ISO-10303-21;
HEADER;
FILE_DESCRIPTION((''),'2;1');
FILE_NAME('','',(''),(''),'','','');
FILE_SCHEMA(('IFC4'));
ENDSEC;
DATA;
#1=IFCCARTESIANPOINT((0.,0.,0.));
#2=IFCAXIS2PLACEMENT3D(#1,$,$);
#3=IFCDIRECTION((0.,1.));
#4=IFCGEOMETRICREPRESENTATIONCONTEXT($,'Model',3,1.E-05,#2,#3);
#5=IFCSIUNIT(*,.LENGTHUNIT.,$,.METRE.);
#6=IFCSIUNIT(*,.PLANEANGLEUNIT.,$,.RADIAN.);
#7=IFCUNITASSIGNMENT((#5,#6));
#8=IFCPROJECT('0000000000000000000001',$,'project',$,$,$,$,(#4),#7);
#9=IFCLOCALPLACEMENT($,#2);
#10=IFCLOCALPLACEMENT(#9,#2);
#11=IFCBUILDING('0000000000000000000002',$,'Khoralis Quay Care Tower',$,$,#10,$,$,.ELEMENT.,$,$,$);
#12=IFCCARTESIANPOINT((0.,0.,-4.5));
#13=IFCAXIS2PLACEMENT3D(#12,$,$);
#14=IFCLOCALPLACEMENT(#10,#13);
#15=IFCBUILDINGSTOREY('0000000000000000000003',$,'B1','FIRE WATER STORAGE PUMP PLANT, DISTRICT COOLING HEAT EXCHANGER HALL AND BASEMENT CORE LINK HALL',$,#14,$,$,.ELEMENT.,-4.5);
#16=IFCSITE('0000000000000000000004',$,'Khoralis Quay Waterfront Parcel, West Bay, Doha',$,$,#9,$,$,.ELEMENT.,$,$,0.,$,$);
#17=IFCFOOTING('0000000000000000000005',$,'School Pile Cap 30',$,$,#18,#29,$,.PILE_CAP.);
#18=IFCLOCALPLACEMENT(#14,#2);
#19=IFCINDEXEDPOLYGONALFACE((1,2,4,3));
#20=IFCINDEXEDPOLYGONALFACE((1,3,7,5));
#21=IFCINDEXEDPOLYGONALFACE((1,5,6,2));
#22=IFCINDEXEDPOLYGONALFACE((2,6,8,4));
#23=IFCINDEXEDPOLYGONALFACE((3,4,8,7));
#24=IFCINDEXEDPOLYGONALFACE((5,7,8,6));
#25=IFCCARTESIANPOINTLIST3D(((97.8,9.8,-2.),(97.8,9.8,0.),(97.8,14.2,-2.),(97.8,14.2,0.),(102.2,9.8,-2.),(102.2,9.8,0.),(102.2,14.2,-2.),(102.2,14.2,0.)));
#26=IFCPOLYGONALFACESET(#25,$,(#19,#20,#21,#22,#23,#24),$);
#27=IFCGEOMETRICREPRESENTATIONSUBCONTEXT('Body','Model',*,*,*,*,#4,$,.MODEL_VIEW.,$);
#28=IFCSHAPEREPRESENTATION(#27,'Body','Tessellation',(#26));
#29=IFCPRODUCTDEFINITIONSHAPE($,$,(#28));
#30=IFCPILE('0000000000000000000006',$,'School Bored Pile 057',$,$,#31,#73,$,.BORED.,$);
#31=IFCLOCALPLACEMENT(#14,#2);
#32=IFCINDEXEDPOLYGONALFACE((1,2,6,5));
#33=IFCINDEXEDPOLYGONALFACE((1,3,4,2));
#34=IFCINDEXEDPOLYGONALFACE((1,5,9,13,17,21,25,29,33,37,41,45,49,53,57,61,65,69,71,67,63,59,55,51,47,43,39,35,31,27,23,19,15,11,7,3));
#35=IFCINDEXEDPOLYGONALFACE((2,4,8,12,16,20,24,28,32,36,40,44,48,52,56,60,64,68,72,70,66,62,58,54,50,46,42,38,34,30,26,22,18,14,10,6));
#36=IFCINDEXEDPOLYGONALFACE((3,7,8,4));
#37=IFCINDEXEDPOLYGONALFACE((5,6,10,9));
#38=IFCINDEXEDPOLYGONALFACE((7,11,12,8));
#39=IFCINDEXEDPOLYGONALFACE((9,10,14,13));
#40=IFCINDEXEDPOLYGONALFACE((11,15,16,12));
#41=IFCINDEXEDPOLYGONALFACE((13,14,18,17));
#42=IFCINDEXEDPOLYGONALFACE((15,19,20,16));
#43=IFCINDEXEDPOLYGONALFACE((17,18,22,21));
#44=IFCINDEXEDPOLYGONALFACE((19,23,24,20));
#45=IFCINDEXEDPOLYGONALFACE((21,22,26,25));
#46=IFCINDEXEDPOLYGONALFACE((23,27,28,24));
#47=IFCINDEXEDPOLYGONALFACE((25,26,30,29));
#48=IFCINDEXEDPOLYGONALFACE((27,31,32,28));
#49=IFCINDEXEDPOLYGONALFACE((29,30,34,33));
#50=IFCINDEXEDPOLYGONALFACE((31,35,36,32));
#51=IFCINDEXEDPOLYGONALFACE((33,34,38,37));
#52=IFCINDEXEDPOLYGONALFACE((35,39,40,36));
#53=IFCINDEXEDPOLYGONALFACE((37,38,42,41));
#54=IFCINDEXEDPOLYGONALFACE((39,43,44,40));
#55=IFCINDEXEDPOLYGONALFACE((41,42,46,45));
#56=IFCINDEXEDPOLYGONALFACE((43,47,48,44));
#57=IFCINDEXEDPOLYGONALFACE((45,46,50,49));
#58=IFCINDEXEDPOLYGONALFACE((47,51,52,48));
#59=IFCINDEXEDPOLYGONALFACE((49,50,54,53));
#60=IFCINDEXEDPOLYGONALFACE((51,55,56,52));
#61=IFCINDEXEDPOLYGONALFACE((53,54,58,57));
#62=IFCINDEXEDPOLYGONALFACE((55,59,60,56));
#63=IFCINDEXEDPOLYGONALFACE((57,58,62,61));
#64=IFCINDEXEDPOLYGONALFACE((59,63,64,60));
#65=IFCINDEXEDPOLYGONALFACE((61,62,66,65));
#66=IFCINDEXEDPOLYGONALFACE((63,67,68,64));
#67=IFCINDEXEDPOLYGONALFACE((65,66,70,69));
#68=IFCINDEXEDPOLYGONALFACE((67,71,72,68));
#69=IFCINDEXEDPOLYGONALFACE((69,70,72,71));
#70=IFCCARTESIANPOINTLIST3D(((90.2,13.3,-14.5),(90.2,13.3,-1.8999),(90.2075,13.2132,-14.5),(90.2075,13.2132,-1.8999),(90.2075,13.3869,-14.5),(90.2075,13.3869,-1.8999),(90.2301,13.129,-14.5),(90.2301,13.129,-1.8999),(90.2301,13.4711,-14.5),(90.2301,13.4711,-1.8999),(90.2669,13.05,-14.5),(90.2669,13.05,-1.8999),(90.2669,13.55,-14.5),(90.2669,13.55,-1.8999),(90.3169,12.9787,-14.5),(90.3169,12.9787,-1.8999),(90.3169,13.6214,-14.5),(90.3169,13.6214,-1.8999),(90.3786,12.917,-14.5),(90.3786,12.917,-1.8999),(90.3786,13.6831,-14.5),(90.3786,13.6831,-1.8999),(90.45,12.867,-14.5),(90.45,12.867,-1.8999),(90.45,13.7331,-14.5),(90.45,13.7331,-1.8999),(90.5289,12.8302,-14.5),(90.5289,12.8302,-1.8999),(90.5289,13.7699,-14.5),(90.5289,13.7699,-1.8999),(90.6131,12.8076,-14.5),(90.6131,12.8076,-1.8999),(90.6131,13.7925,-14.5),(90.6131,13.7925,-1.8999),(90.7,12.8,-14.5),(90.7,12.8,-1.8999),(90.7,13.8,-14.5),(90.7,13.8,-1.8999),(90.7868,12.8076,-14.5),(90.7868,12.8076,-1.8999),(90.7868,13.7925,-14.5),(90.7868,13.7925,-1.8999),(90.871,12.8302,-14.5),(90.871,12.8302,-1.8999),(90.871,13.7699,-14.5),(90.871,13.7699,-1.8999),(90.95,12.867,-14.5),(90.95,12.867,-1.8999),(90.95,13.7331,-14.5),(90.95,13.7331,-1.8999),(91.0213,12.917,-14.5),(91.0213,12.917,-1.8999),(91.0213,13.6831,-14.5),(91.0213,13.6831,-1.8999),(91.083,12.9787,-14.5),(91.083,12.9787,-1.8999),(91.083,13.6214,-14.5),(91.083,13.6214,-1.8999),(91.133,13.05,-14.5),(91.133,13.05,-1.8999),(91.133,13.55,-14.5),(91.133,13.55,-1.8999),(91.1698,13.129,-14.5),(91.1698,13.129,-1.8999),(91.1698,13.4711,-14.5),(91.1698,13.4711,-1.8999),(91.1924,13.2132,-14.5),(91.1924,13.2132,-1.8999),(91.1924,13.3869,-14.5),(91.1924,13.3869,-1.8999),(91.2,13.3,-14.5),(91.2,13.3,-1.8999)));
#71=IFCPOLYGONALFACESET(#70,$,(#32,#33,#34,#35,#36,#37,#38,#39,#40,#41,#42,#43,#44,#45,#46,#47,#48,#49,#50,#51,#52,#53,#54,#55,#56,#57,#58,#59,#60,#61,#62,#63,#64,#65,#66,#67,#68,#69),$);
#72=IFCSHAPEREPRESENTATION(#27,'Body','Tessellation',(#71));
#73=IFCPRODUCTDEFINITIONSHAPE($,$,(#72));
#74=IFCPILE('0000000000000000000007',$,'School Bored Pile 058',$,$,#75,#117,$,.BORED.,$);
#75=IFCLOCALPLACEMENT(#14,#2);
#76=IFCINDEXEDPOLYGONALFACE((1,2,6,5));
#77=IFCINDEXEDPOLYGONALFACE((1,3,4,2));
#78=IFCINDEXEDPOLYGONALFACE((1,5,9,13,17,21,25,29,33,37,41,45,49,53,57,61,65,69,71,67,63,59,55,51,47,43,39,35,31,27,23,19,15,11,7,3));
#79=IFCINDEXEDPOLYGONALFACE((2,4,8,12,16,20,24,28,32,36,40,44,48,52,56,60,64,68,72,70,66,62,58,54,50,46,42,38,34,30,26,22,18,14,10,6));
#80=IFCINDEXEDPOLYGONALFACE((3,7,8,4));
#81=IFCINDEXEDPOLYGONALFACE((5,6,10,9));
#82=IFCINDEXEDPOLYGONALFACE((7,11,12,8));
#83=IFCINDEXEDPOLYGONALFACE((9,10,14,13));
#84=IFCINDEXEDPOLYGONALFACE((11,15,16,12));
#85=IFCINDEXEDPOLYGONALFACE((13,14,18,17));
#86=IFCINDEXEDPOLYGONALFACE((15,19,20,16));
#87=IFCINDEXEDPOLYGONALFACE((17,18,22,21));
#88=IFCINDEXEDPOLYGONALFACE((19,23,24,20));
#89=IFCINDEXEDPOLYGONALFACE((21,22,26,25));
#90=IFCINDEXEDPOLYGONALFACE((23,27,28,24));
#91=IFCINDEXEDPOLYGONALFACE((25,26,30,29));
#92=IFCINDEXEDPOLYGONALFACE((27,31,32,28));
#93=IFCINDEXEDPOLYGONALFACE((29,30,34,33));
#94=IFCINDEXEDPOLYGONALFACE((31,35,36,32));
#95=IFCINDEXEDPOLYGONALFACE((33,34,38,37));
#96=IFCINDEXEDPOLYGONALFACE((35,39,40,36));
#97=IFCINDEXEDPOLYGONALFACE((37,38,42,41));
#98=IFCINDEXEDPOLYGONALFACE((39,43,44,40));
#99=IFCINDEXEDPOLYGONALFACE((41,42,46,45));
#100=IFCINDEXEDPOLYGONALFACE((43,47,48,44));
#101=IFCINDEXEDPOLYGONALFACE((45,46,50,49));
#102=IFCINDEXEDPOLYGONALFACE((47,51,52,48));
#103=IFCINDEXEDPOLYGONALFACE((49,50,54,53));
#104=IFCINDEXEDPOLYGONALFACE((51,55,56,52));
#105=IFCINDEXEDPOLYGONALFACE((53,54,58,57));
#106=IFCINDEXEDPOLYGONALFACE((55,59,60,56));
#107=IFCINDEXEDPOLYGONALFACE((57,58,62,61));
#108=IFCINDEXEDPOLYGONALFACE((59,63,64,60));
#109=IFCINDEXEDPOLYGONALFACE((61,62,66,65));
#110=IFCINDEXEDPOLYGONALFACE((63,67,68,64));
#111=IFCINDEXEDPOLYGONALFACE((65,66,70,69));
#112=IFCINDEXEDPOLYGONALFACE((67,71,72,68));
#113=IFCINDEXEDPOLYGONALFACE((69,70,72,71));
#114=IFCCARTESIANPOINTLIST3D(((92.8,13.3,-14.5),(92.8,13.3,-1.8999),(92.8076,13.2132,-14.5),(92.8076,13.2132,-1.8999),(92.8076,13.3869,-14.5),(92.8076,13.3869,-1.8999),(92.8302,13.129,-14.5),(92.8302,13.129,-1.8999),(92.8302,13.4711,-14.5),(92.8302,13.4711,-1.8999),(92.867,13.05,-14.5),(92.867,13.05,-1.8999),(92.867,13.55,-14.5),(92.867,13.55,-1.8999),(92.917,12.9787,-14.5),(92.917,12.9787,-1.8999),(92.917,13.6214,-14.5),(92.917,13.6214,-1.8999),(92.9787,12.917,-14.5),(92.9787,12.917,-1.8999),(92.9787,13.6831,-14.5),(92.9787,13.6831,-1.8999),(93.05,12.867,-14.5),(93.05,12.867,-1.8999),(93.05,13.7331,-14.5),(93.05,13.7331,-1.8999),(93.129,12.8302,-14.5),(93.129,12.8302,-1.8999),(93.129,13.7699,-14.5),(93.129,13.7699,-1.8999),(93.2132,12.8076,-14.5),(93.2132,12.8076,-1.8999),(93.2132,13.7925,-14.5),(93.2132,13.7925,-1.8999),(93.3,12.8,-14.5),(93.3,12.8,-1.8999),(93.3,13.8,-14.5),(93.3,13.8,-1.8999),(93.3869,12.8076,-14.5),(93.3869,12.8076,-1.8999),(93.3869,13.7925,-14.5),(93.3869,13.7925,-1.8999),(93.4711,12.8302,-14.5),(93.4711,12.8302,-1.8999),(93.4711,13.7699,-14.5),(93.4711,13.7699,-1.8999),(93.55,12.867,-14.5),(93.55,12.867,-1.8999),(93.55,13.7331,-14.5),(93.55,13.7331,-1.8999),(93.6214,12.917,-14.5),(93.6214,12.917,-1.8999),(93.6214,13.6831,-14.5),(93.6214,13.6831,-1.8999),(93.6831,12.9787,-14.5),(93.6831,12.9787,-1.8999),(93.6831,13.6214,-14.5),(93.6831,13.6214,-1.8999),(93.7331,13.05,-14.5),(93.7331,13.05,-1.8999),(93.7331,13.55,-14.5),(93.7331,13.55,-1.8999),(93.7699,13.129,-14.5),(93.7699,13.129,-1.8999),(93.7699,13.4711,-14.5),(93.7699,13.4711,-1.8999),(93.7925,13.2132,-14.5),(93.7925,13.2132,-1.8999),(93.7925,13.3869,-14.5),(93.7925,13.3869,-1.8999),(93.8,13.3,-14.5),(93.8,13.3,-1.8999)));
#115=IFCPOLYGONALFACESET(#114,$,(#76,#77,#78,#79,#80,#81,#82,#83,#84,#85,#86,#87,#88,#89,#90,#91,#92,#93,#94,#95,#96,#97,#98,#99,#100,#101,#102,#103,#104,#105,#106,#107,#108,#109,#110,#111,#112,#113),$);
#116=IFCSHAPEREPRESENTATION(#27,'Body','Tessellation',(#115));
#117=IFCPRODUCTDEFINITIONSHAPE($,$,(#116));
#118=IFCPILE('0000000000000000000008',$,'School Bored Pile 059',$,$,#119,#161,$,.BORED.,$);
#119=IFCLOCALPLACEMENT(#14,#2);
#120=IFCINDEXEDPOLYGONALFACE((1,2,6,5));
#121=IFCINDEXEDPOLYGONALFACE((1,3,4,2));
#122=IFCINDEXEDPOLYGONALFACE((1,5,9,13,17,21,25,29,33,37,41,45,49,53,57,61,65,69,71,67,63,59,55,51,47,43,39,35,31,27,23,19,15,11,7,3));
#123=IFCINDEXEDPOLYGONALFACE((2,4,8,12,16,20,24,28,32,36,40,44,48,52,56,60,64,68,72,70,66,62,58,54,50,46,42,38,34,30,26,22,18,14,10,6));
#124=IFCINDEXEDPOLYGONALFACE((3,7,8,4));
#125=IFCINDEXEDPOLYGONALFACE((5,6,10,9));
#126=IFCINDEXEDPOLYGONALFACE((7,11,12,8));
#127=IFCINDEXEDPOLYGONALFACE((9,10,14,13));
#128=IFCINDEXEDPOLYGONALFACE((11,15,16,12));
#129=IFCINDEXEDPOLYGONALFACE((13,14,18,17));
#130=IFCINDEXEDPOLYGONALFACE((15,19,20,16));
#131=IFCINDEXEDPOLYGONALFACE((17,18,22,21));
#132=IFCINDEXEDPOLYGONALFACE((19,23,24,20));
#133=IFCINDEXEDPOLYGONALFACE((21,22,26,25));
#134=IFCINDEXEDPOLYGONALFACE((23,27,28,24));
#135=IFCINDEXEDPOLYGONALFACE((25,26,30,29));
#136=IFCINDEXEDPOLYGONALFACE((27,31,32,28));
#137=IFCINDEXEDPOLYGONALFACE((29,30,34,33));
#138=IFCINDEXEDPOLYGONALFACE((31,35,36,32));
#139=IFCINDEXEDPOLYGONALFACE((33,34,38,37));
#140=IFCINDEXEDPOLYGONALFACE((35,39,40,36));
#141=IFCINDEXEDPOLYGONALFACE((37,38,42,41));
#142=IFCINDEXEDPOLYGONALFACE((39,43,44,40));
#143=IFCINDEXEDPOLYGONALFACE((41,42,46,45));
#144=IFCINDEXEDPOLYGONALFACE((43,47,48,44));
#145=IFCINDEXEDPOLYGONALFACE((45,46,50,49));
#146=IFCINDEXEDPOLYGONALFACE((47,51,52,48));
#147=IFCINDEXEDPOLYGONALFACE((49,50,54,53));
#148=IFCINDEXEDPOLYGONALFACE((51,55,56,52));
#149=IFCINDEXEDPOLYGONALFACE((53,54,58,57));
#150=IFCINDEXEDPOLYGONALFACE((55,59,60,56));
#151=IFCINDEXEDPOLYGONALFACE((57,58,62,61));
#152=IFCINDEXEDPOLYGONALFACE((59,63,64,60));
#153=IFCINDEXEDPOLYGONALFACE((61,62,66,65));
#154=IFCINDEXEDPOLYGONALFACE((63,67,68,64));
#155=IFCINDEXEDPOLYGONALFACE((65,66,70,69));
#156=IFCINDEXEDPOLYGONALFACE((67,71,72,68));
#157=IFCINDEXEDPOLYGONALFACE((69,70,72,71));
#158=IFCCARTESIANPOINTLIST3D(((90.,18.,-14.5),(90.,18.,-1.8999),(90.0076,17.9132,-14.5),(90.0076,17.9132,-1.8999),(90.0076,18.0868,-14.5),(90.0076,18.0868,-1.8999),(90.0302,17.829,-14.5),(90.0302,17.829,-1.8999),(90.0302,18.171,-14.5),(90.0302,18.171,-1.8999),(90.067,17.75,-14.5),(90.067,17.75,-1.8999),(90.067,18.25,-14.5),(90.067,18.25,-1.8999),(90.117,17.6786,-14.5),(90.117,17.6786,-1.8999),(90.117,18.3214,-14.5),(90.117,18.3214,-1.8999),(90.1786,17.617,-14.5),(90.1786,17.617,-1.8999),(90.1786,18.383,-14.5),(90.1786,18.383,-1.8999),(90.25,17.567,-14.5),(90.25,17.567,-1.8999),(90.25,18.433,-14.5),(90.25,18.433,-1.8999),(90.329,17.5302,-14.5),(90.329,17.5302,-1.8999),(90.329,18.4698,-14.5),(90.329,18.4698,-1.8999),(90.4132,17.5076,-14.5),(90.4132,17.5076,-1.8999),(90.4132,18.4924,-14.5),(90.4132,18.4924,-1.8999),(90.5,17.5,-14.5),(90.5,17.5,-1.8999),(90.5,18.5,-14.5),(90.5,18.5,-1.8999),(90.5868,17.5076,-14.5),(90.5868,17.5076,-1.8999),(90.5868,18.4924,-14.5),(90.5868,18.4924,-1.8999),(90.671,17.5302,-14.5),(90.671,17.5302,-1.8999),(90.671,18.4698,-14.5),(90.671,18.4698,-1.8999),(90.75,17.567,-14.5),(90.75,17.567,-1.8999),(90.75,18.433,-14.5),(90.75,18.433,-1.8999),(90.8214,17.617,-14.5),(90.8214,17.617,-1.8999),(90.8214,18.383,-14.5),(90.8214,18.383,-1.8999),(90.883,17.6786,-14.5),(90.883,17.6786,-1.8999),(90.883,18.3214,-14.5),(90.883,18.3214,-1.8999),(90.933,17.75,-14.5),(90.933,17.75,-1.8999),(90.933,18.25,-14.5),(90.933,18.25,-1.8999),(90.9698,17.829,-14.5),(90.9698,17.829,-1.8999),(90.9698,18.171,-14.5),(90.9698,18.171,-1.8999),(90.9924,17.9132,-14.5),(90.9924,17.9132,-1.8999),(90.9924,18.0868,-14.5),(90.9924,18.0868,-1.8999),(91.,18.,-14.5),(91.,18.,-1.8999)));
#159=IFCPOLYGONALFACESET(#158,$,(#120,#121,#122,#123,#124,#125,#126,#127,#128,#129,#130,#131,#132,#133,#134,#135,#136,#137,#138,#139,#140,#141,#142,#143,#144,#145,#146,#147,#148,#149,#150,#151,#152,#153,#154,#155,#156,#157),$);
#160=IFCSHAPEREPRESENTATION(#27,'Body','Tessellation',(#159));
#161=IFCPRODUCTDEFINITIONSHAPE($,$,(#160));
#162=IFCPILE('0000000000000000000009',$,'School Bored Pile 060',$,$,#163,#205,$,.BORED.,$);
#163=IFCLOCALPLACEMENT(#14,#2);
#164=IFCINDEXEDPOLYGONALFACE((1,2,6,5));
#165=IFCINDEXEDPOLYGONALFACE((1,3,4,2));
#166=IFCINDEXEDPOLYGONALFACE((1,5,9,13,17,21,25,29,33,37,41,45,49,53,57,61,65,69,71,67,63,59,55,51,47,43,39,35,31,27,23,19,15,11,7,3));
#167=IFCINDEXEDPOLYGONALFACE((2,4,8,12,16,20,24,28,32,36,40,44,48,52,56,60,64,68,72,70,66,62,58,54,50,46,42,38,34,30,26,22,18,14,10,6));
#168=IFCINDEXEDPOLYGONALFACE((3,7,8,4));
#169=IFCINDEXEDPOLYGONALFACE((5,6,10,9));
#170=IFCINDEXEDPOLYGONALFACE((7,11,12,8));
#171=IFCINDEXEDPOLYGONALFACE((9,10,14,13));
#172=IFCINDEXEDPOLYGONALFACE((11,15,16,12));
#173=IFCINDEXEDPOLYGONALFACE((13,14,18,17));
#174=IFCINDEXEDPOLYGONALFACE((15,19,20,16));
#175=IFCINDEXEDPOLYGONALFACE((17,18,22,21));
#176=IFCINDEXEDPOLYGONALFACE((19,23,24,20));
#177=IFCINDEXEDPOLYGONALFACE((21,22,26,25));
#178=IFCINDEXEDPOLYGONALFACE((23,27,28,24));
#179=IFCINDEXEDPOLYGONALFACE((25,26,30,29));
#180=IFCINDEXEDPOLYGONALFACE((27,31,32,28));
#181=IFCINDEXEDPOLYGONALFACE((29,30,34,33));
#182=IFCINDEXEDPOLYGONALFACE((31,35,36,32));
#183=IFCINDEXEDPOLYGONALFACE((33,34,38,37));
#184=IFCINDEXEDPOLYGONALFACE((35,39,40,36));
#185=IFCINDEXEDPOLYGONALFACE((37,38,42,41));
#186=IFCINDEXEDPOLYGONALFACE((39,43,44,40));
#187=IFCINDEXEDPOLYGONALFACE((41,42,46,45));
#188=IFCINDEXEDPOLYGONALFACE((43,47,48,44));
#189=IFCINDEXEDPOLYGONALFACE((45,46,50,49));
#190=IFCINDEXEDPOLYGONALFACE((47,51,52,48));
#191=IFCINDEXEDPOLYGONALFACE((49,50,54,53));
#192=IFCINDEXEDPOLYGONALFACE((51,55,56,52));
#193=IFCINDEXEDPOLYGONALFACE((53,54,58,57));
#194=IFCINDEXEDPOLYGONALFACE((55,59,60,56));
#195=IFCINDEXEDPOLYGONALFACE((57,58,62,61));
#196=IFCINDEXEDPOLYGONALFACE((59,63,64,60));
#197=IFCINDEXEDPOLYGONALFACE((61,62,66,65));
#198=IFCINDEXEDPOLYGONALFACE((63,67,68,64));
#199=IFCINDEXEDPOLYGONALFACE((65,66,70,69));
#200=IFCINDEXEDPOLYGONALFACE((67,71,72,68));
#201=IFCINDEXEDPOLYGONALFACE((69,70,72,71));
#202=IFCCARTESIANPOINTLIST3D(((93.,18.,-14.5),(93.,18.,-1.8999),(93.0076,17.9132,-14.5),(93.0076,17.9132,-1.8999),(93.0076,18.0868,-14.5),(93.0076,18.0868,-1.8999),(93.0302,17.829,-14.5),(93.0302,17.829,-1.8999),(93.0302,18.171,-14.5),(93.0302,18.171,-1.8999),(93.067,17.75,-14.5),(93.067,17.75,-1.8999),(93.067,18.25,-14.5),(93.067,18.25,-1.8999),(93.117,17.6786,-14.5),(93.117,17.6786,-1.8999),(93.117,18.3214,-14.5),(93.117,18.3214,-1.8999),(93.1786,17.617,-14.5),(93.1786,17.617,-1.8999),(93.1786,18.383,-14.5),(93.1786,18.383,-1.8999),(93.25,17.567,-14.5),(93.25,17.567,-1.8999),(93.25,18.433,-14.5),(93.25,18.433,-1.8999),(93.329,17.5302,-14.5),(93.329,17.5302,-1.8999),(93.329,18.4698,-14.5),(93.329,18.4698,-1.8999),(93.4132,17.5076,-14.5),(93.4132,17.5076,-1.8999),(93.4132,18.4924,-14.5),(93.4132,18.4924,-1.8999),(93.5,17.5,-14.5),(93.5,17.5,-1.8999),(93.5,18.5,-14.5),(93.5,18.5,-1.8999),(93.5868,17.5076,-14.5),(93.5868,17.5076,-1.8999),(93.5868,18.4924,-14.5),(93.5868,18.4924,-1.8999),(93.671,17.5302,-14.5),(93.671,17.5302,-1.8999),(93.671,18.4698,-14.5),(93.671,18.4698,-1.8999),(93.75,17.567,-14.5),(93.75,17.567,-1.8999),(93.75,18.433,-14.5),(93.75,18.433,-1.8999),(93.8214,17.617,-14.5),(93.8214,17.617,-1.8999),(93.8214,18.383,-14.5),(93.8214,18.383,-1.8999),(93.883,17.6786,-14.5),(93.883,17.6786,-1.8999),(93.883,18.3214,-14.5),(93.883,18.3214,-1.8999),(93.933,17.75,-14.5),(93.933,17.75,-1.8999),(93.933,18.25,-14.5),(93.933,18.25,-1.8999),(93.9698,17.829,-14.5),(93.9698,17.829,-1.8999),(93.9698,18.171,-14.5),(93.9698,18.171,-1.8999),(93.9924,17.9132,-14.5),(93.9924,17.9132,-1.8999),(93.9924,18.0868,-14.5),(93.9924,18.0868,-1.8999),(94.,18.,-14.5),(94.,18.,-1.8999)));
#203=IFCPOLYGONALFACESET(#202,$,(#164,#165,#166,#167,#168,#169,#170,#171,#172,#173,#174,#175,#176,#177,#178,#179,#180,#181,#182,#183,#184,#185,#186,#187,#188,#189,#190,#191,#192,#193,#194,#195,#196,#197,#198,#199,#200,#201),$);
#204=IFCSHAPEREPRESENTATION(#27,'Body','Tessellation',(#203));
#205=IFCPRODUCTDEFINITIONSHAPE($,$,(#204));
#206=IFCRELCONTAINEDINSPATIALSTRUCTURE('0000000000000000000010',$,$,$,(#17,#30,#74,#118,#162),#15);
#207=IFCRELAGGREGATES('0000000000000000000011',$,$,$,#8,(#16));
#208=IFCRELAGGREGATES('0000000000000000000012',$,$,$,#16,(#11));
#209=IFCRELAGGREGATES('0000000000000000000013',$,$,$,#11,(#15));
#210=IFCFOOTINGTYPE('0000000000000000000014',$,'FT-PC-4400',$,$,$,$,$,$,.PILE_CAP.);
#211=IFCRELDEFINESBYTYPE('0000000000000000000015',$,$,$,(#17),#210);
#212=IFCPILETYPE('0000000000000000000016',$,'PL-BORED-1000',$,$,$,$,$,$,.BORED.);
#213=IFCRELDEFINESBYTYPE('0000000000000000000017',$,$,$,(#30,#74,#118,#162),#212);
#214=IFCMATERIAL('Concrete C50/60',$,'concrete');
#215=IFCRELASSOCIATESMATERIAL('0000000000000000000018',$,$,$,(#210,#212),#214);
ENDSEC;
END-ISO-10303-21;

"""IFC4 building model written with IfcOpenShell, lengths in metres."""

from ifc_helpers import new_model, si_unit, direction, frame, origin, origin_2d, place, context, subcontext, project, spatial, rectangle, circle, extrude, source, transform, mapped, material, material_profile, profile_set, type_object, element, save


model = new_model("IFC4")

# Units and contexts
model_context = context("Model", 3, precision=1e-05, world=origin(), true_north=direction((0.0, 1.0)))
body_context = subcontext(model_context, "Body", "Model", "MODEL_VIEW")
ifc_project = project(units=[si_unit("LENGTHUNIT", "METRE"), si_unit("PLANEANGLEUNIT", "RADIAN")], contexts=[model_context])

# Site, building, storey
site_placement = place(None, origin())
site = spatial("IfcSite", under=ifc_project, at=site_placement, Name="Khoralis Quay Waterfront Parcel, West Bay, Doha", CompositionType="ELEMENT", RefElevation=0.0)
building_placement = place(site_placement, origin())
building = spatial("IfcBuilding", under=site, at=building_placement, Name="Khoralis Quay Care Tower", CompositionType="ELEMENT")
storey_placement = place(building_placement, frame((0.0, 0.0, -4.5)))
storey = spatial("IfcBuildingStorey", under=building, at=storey_placement, Name="B1", Description="FIRE WATER STORAGE PUMP PLANT, DISTRICT COOLING HEAT EXCHANGER HALL AND BASEMENT CORE LINK HALL", CompositionType="ELEMENT", Elevation=-4.5)

# Footing
ifc_material_1 = material(Name="Concrete C50/60", Category="concrete")
footing_type_1 = type_object("IfcFootingType", Name="FT-PC-4400", PredefinedType="PILE_CAP", material=ifc_material_1)
shared_shape_1 = source(origin(), body_context, "Body", "SweptSolid", [
    extrude(rectangle(XDim=4.3999, YDim=4.3999, at=origin_2d()), origin(), (0.0, 0.0, 1.0), 2.0),
])
footing_1_placement = place(storey_placement, frame((100.0, 12.0, -2.0), z_axis=(0.0, 0.0, 1.0), x_axis=(1.0, 0.0, 0.0)))
element("IfcFooting", 1, at=footing_1_placement, inside=storey, type_object=footing_type_1, Name="School Pile Cap 30", PredefinedType="PILE_CAP", context=body_context, shape_type="MappedRepresentation", body=[
    mapped(shared_shape_1, transform((0.0, 0.0, 0.0), scale=1.0)),
])

# Piles
ifc_material_profile_1 = material_profile(ifc_material_1, circle(Radius=0.5, at=origin_2d()), Name="Concrete C50/60")
ifc_profile_set_1 = profile_set([ifc_material_profile_1], Name="Concrete C50/60")
pile_type = type_object("IfcPileType", Name="PL-BORED-1000", PredefinedType="BORED", material=ifc_profile_set_1)
shared_shape_2 = source(origin(), body_context, "Body", "SweptSolid", [
    extrude(circle(Radius=0.5, at=origin_2d()), origin(), (0.0, 0.0, 1.0), 12.6001),
])
for number, where, z_axis, x_axis, name in (
    (2, (90.7, 13.3, -1.8999), (0.0, 0.0, -1.0), (1.0, 0.0, 0.0), "School Bored Pile 057"),
    (3, (93.3, 13.3, -1.8999), (0.0, 0.0, -1.0), (1.0, 0.0, 0.0), "School Bored Pile 058"),
    (4, (90.5, 18.0, -1.8999), (0.0, 0.0, -1.0), (1.0, 0.0, 0.0), "School Bored Pile 059"),
    (5, (93.5, 18.0, -1.8999), (0.0, 0.0, -1.0), (1.0, 0.0, 0.0), "School Bored Pile 060"),
):
    element("IfcPile", number, at=place(storey_placement, frame(where, z_axis=z_axis, x_axis=x_axis)), inside=storey, type_object=pile_type, Name=name, PredefinedType="BORED", context=body_context, shape_type="MappedRepresentation", body=[
        mapped(shared_shape_2, transform((0.0, 0.0, 0.0), scale=1.0)),
    ])

save(model, "model.ifc")
